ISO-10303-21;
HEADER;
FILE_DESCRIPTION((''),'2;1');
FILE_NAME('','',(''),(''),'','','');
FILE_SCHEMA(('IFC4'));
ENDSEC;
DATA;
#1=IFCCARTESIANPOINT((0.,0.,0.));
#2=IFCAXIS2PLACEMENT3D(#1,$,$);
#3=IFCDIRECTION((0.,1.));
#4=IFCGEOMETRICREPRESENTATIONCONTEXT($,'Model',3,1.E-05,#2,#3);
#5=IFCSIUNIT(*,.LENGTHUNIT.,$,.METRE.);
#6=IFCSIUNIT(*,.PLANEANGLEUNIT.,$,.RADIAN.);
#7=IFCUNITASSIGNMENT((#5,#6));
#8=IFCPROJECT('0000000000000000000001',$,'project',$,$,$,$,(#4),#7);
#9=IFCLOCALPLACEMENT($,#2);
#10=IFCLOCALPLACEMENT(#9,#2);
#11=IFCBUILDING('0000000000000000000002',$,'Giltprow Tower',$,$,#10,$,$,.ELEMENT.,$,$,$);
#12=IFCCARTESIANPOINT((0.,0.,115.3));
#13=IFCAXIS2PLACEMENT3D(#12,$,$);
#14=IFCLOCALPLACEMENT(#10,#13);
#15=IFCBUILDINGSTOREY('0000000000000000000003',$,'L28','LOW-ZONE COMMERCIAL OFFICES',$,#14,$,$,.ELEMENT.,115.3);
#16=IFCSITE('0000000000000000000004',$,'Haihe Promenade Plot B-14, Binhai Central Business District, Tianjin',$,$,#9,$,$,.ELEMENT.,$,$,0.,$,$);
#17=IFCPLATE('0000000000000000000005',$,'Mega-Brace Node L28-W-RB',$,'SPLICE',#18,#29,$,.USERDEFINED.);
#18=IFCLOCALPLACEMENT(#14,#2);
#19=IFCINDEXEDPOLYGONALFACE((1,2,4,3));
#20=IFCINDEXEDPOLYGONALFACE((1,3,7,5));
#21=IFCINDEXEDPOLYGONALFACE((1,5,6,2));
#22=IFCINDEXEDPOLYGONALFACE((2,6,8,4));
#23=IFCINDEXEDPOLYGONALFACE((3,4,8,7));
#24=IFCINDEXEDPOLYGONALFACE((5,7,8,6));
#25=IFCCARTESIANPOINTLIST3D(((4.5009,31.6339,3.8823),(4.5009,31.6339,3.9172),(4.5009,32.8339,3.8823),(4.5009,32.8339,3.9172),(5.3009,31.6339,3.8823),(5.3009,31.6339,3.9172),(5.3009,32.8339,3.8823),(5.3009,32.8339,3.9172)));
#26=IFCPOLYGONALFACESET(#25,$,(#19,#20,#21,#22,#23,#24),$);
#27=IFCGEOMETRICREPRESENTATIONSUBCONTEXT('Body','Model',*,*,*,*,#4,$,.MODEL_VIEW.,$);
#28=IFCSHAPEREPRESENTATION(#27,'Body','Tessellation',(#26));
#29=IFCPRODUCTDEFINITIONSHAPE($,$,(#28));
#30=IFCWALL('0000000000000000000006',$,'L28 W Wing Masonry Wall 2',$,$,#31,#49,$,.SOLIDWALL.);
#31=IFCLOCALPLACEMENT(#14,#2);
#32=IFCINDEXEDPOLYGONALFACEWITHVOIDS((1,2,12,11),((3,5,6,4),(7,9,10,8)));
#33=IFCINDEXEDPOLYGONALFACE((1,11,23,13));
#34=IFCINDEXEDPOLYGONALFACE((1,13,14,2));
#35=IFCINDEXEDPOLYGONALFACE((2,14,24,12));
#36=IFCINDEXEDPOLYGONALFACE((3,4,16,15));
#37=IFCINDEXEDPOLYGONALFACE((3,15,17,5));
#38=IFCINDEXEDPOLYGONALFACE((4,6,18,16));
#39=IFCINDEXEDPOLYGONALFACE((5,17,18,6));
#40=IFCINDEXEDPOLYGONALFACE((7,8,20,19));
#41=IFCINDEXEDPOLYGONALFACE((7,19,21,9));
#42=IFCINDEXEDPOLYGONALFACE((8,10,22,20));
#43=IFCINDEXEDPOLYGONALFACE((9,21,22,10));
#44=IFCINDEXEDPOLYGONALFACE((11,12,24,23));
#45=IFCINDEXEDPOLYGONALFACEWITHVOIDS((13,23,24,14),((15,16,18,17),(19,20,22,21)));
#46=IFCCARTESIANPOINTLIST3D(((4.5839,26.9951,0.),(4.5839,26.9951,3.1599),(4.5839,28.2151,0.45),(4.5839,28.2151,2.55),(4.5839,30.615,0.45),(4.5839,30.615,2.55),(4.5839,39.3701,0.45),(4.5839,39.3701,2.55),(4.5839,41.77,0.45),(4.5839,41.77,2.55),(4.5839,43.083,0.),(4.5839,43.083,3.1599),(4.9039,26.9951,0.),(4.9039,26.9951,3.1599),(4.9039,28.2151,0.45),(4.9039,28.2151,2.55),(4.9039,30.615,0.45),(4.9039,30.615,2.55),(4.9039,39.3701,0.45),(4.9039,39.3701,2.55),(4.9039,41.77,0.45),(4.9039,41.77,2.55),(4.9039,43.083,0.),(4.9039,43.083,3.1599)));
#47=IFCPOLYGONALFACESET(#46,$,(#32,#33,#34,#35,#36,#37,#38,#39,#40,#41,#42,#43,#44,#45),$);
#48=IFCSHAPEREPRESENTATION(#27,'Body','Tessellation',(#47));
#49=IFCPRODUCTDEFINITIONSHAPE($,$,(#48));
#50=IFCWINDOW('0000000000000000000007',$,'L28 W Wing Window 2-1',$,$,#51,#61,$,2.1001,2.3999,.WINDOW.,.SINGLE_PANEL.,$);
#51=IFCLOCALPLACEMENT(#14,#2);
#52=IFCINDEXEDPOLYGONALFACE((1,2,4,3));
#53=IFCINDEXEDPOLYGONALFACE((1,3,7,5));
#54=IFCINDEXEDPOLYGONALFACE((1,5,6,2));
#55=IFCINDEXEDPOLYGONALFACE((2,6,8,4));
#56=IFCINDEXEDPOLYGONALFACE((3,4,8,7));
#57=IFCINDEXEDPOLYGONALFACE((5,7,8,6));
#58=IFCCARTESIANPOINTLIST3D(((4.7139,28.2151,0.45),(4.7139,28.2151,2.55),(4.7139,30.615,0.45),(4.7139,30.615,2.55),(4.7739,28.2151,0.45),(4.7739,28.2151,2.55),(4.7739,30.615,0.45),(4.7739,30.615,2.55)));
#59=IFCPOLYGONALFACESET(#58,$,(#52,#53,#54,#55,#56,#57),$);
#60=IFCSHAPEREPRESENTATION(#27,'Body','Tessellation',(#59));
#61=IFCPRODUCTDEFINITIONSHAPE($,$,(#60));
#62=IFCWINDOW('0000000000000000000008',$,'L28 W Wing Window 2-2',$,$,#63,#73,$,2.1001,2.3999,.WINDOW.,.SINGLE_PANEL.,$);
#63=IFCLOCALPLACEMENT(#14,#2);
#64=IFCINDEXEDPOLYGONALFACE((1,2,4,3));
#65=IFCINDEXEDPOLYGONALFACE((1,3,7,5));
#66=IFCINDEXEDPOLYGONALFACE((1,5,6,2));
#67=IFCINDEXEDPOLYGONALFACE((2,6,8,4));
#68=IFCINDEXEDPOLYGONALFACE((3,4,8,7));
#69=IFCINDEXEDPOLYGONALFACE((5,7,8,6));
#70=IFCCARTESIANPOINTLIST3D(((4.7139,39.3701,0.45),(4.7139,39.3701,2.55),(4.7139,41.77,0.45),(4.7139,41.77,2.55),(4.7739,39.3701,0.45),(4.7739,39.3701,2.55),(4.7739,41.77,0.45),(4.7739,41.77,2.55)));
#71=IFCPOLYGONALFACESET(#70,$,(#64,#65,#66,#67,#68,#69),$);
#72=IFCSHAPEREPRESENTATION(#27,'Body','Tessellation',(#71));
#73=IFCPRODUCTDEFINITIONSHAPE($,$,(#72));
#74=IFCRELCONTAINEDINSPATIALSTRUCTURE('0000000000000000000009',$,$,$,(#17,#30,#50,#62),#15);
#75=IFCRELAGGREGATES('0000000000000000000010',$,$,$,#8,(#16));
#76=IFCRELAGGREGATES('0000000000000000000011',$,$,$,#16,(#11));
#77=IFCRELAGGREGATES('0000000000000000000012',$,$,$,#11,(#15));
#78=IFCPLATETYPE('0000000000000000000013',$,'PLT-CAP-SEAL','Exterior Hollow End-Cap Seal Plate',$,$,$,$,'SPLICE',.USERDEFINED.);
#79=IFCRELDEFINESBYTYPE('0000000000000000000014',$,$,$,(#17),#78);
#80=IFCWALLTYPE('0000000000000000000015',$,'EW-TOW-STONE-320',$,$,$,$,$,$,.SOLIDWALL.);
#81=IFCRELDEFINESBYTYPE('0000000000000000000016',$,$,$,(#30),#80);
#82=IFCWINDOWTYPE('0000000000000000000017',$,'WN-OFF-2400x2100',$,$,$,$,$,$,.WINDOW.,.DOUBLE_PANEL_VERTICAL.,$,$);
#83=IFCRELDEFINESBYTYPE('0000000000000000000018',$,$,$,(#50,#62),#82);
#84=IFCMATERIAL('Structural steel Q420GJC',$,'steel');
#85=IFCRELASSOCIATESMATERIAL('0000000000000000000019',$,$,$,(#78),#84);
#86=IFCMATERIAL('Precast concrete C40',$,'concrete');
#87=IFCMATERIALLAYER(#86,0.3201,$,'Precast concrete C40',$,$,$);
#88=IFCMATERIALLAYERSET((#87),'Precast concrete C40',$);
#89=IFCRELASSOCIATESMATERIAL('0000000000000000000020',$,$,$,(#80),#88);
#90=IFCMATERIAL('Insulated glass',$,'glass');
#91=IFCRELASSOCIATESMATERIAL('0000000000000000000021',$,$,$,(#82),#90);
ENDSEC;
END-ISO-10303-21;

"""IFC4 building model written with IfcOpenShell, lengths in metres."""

from ifc_helpers import new_model, si_unit, direction, frame, frame_2d, origin, origin_2d, place, context, subcontext, project, spatial, rectangle, extrude, source, transform, mapped, material, layer, layer_set, type_object, element, fill, save


model = new_model("IFC4")

# Units and contexts
model_context = context("Model", 3, precision=1e-05, world=origin(), true_north=direction((0.0, 1.0)))
body_context = subcontext(model_context, "Body", "Model", "MODEL_VIEW")
ifc_project = project(units=[si_unit("LENGTHUNIT", "METRE"), si_unit("PLANEANGLEUNIT", "RADIAN")], contexts=[model_context])

# Site, building, storey
site_placement = place(None, origin())
site = spatial("IfcSite", under=ifc_project, at=site_placement, Name="Haihe Promenade Plot B-14, Binhai Central Business District, Tianjin", CompositionType="ELEMENT", RefElevation=0.0)
building_placement = place(site_placement, origin())
building = spatial("IfcBuilding", under=site, at=building_placement, Name="Giltprow Tower", CompositionType="ELEMENT")
storey_placement = place(building_placement, frame((0.0, 0.0, 115.3)))
storey = spatial("IfcBuildingStorey", under=building, at=storey_placement, Name="L28", Description="LOW-ZONE COMMERCIAL OFFICES", CompositionType="ELEMENT", Elevation=115.3)

# Shared definitions
ifc_material_1 = material(Name="Structural steel Q420GJC", Category="steel")

# Plate
plate_type = type_object("IfcPlateType", Name="PLT-CAP-SEAL", Description="Exterior Hollow End-Cap Seal Plate", ElementType="SPLICE", PredefinedType="USERDEFINED", material=ifc_material_1)
shared_shape_1 = source(origin(), body_context, "Body", "SweptSolid", [
    extrude(rectangle(XDim=1.2, YDim=0.8, at=origin_2d()), origin(), (0.0, 0.0, 1.0), 0.0349),
])
plate_placement = place(storey_placement, frame((4.9009, 32.2339, 3.8823), z_axis=(0.0, 0.0, 1.0), x_axis=(0.0, 1.0, 0.0)))
element("IfcPlate", 1, at=plate_placement, inside=storey, type_object=plate_type, Name="Mega-Brace Node L28-W-RB", ObjectType="SPLICE", PredefinedType="USERDEFINED", context=body_context, shape_type="MappedRepresentation", body=[
    mapped(shared_shape_1, transform((0.0, 0.0, 0.0), x_axis=(1.0, 0.0, 0.0), y_axis=(0.0, 1.0, 0.0), z_axis=(0.0, 0.0, 1.0), scale=1.0)),
])

# Wall, openings, windows
ifc_material_2 = material(Name="Precast concrete C40", Category="concrete")
ifc_layer_1 = layer(ifc_material_2, 0.3201, Name="Precast concrete C40")
ifc_layer_set_1 = layer_set([ifc_layer_1], Name="Precast concrete C40")
wall_type_1 = type_object("IfcWallType", Name="EW-TOW-STONE-320", PredefinedType="SOLIDWALL", material=ifc_layer_set_1)
wall_1_placement = place(storey_placement, frame((4.7439, 26.9951, 0.0), z_axis=(0.0, 0.0, 1.0), x_axis=(0.0, 1.0, 0.0)))
wall_1 = element("IfcWall", 2, at=wall_1_placement, inside=storey, type_object=wall_type_1, Name="L28 W Wing Masonry Wall 2", PredefinedType="SOLIDWALL", context=body_context, shape_type="SweptSolid", body=[
    extrude(rectangle(XDim=16.0879, YDim=0.3201, at=frame_2d((8.0439, 0.0))), origin(), (0.0, 0.0, 1.0), 3.1599),
])
opening_1_placement = place(wall_1_placement, frame((1.22, 0.0, 0.45)))
opening_1 = element("IfcOpeningElement", 3, at=opening_1_placement, cuts=wall_1, PredefinedType="OPENING", context=body_context, shape_type="SweptSolid", body=[
    extrude(rectangle(XDim=2.3999, YDim=2.1001, at=frame_2d((1.2, 1.05))), frame((0.0, 0.1699, 0.0), z_axis=(0.0, -1.0, 0.0), x_axis=(1.0, 0.0, 0.0)), (0.0, 0.0, 1.0), 0.3401),
])
opening_2_placement = place(wall_1_placement, frame((12.375, 0.0, 0.45)))
opening_2 = element("IfcOpeningElement", 4, at=opening_2_placement, cuts=wall_1, PredefinedType="OPENING", context=body_context, shape_type="SweptSolid", body=[
    extrude(rectangle(XDim=2.3999, YDim=2.1001, at=frame_2d((1.2, 1.05))), frame((0.0, 0.1699, 0.0), z_axis=(0.0, -1.0, 0.0), x_axis=(1.0, 0.0, 0.0)), (0.0, 0.0, 1.0), 0.3401),
])
ifc_material_3 = material(Name="Insulated glass", Category="glass")
window_type = type_object("IfcWindowType", Name="WN-OFF-2400x2100", PartitioningType="DOUBLE_PANEL_VERTICAL", PredefinedType="WINDOW", material=ifc_material_3)
shared_shape_2 = source(origin(), body_context, "Body", "SweptSolid", [
    extrude(rectangle(XDim=2.3999, YDim=2.1001, at=frame_2d((1.2, 1.05))), frame((0.0, 0.03, 0.0), z_axis=(0.0, -1.0, 0.0), x_axis=(1.0, 0.0, 0.0)), (0.0, 0.0, 1.0), 0.0601),
])
window_1_placement = place(opening_1_placement, origin())
window_1 = element("IfcWindow", 5, at=window_1_placement, inside=storey, type_object=window_type, Name="L28 W Wing Window 2-1", OverallHeight=2.1001, OverallWidth=2.3999, PartitioningType="SINGLE_PANEL", PredefinedType="WINDOW", context=body_context, shape_type="MappedRepresentation", body=[
    mapped(shared_shape_2, transform((0.0, 0.0, 0.0), x_axis=(1.0, 0.0, 0.0), y_axis=(0.0, 1.0, 0.0), z_axis=(0.0, 0.0, 1.0), scale=1.0)),
])
fill(opening_1, window_1)
window_2_placement = place(opening_2_placement, origin())
window_2 = element("IfcWindow", 6, at=window_2_placement, inside=storey, type_object=window_type, Name="L28 W Wing Window 2-2", OverallHeight=2.1001, OverallWidth=2.3999, PartitioningType="SINGLE_PANEL", PredefinedType="WINDOW", context=body_context, shape_type="MappedRepresentation", body=[
    mapped(shared_shape_2, transform((0.0, 0.0, 0.0), x_axis=(1.0, 0.0, 0.0), y_axis=(0.0, 1.0, 0.0), z_axis=(0.0, 0.0, 1.0), scale=1.0)),
])
fill(opening_2, window_2)

save(model, "model.ifc")
